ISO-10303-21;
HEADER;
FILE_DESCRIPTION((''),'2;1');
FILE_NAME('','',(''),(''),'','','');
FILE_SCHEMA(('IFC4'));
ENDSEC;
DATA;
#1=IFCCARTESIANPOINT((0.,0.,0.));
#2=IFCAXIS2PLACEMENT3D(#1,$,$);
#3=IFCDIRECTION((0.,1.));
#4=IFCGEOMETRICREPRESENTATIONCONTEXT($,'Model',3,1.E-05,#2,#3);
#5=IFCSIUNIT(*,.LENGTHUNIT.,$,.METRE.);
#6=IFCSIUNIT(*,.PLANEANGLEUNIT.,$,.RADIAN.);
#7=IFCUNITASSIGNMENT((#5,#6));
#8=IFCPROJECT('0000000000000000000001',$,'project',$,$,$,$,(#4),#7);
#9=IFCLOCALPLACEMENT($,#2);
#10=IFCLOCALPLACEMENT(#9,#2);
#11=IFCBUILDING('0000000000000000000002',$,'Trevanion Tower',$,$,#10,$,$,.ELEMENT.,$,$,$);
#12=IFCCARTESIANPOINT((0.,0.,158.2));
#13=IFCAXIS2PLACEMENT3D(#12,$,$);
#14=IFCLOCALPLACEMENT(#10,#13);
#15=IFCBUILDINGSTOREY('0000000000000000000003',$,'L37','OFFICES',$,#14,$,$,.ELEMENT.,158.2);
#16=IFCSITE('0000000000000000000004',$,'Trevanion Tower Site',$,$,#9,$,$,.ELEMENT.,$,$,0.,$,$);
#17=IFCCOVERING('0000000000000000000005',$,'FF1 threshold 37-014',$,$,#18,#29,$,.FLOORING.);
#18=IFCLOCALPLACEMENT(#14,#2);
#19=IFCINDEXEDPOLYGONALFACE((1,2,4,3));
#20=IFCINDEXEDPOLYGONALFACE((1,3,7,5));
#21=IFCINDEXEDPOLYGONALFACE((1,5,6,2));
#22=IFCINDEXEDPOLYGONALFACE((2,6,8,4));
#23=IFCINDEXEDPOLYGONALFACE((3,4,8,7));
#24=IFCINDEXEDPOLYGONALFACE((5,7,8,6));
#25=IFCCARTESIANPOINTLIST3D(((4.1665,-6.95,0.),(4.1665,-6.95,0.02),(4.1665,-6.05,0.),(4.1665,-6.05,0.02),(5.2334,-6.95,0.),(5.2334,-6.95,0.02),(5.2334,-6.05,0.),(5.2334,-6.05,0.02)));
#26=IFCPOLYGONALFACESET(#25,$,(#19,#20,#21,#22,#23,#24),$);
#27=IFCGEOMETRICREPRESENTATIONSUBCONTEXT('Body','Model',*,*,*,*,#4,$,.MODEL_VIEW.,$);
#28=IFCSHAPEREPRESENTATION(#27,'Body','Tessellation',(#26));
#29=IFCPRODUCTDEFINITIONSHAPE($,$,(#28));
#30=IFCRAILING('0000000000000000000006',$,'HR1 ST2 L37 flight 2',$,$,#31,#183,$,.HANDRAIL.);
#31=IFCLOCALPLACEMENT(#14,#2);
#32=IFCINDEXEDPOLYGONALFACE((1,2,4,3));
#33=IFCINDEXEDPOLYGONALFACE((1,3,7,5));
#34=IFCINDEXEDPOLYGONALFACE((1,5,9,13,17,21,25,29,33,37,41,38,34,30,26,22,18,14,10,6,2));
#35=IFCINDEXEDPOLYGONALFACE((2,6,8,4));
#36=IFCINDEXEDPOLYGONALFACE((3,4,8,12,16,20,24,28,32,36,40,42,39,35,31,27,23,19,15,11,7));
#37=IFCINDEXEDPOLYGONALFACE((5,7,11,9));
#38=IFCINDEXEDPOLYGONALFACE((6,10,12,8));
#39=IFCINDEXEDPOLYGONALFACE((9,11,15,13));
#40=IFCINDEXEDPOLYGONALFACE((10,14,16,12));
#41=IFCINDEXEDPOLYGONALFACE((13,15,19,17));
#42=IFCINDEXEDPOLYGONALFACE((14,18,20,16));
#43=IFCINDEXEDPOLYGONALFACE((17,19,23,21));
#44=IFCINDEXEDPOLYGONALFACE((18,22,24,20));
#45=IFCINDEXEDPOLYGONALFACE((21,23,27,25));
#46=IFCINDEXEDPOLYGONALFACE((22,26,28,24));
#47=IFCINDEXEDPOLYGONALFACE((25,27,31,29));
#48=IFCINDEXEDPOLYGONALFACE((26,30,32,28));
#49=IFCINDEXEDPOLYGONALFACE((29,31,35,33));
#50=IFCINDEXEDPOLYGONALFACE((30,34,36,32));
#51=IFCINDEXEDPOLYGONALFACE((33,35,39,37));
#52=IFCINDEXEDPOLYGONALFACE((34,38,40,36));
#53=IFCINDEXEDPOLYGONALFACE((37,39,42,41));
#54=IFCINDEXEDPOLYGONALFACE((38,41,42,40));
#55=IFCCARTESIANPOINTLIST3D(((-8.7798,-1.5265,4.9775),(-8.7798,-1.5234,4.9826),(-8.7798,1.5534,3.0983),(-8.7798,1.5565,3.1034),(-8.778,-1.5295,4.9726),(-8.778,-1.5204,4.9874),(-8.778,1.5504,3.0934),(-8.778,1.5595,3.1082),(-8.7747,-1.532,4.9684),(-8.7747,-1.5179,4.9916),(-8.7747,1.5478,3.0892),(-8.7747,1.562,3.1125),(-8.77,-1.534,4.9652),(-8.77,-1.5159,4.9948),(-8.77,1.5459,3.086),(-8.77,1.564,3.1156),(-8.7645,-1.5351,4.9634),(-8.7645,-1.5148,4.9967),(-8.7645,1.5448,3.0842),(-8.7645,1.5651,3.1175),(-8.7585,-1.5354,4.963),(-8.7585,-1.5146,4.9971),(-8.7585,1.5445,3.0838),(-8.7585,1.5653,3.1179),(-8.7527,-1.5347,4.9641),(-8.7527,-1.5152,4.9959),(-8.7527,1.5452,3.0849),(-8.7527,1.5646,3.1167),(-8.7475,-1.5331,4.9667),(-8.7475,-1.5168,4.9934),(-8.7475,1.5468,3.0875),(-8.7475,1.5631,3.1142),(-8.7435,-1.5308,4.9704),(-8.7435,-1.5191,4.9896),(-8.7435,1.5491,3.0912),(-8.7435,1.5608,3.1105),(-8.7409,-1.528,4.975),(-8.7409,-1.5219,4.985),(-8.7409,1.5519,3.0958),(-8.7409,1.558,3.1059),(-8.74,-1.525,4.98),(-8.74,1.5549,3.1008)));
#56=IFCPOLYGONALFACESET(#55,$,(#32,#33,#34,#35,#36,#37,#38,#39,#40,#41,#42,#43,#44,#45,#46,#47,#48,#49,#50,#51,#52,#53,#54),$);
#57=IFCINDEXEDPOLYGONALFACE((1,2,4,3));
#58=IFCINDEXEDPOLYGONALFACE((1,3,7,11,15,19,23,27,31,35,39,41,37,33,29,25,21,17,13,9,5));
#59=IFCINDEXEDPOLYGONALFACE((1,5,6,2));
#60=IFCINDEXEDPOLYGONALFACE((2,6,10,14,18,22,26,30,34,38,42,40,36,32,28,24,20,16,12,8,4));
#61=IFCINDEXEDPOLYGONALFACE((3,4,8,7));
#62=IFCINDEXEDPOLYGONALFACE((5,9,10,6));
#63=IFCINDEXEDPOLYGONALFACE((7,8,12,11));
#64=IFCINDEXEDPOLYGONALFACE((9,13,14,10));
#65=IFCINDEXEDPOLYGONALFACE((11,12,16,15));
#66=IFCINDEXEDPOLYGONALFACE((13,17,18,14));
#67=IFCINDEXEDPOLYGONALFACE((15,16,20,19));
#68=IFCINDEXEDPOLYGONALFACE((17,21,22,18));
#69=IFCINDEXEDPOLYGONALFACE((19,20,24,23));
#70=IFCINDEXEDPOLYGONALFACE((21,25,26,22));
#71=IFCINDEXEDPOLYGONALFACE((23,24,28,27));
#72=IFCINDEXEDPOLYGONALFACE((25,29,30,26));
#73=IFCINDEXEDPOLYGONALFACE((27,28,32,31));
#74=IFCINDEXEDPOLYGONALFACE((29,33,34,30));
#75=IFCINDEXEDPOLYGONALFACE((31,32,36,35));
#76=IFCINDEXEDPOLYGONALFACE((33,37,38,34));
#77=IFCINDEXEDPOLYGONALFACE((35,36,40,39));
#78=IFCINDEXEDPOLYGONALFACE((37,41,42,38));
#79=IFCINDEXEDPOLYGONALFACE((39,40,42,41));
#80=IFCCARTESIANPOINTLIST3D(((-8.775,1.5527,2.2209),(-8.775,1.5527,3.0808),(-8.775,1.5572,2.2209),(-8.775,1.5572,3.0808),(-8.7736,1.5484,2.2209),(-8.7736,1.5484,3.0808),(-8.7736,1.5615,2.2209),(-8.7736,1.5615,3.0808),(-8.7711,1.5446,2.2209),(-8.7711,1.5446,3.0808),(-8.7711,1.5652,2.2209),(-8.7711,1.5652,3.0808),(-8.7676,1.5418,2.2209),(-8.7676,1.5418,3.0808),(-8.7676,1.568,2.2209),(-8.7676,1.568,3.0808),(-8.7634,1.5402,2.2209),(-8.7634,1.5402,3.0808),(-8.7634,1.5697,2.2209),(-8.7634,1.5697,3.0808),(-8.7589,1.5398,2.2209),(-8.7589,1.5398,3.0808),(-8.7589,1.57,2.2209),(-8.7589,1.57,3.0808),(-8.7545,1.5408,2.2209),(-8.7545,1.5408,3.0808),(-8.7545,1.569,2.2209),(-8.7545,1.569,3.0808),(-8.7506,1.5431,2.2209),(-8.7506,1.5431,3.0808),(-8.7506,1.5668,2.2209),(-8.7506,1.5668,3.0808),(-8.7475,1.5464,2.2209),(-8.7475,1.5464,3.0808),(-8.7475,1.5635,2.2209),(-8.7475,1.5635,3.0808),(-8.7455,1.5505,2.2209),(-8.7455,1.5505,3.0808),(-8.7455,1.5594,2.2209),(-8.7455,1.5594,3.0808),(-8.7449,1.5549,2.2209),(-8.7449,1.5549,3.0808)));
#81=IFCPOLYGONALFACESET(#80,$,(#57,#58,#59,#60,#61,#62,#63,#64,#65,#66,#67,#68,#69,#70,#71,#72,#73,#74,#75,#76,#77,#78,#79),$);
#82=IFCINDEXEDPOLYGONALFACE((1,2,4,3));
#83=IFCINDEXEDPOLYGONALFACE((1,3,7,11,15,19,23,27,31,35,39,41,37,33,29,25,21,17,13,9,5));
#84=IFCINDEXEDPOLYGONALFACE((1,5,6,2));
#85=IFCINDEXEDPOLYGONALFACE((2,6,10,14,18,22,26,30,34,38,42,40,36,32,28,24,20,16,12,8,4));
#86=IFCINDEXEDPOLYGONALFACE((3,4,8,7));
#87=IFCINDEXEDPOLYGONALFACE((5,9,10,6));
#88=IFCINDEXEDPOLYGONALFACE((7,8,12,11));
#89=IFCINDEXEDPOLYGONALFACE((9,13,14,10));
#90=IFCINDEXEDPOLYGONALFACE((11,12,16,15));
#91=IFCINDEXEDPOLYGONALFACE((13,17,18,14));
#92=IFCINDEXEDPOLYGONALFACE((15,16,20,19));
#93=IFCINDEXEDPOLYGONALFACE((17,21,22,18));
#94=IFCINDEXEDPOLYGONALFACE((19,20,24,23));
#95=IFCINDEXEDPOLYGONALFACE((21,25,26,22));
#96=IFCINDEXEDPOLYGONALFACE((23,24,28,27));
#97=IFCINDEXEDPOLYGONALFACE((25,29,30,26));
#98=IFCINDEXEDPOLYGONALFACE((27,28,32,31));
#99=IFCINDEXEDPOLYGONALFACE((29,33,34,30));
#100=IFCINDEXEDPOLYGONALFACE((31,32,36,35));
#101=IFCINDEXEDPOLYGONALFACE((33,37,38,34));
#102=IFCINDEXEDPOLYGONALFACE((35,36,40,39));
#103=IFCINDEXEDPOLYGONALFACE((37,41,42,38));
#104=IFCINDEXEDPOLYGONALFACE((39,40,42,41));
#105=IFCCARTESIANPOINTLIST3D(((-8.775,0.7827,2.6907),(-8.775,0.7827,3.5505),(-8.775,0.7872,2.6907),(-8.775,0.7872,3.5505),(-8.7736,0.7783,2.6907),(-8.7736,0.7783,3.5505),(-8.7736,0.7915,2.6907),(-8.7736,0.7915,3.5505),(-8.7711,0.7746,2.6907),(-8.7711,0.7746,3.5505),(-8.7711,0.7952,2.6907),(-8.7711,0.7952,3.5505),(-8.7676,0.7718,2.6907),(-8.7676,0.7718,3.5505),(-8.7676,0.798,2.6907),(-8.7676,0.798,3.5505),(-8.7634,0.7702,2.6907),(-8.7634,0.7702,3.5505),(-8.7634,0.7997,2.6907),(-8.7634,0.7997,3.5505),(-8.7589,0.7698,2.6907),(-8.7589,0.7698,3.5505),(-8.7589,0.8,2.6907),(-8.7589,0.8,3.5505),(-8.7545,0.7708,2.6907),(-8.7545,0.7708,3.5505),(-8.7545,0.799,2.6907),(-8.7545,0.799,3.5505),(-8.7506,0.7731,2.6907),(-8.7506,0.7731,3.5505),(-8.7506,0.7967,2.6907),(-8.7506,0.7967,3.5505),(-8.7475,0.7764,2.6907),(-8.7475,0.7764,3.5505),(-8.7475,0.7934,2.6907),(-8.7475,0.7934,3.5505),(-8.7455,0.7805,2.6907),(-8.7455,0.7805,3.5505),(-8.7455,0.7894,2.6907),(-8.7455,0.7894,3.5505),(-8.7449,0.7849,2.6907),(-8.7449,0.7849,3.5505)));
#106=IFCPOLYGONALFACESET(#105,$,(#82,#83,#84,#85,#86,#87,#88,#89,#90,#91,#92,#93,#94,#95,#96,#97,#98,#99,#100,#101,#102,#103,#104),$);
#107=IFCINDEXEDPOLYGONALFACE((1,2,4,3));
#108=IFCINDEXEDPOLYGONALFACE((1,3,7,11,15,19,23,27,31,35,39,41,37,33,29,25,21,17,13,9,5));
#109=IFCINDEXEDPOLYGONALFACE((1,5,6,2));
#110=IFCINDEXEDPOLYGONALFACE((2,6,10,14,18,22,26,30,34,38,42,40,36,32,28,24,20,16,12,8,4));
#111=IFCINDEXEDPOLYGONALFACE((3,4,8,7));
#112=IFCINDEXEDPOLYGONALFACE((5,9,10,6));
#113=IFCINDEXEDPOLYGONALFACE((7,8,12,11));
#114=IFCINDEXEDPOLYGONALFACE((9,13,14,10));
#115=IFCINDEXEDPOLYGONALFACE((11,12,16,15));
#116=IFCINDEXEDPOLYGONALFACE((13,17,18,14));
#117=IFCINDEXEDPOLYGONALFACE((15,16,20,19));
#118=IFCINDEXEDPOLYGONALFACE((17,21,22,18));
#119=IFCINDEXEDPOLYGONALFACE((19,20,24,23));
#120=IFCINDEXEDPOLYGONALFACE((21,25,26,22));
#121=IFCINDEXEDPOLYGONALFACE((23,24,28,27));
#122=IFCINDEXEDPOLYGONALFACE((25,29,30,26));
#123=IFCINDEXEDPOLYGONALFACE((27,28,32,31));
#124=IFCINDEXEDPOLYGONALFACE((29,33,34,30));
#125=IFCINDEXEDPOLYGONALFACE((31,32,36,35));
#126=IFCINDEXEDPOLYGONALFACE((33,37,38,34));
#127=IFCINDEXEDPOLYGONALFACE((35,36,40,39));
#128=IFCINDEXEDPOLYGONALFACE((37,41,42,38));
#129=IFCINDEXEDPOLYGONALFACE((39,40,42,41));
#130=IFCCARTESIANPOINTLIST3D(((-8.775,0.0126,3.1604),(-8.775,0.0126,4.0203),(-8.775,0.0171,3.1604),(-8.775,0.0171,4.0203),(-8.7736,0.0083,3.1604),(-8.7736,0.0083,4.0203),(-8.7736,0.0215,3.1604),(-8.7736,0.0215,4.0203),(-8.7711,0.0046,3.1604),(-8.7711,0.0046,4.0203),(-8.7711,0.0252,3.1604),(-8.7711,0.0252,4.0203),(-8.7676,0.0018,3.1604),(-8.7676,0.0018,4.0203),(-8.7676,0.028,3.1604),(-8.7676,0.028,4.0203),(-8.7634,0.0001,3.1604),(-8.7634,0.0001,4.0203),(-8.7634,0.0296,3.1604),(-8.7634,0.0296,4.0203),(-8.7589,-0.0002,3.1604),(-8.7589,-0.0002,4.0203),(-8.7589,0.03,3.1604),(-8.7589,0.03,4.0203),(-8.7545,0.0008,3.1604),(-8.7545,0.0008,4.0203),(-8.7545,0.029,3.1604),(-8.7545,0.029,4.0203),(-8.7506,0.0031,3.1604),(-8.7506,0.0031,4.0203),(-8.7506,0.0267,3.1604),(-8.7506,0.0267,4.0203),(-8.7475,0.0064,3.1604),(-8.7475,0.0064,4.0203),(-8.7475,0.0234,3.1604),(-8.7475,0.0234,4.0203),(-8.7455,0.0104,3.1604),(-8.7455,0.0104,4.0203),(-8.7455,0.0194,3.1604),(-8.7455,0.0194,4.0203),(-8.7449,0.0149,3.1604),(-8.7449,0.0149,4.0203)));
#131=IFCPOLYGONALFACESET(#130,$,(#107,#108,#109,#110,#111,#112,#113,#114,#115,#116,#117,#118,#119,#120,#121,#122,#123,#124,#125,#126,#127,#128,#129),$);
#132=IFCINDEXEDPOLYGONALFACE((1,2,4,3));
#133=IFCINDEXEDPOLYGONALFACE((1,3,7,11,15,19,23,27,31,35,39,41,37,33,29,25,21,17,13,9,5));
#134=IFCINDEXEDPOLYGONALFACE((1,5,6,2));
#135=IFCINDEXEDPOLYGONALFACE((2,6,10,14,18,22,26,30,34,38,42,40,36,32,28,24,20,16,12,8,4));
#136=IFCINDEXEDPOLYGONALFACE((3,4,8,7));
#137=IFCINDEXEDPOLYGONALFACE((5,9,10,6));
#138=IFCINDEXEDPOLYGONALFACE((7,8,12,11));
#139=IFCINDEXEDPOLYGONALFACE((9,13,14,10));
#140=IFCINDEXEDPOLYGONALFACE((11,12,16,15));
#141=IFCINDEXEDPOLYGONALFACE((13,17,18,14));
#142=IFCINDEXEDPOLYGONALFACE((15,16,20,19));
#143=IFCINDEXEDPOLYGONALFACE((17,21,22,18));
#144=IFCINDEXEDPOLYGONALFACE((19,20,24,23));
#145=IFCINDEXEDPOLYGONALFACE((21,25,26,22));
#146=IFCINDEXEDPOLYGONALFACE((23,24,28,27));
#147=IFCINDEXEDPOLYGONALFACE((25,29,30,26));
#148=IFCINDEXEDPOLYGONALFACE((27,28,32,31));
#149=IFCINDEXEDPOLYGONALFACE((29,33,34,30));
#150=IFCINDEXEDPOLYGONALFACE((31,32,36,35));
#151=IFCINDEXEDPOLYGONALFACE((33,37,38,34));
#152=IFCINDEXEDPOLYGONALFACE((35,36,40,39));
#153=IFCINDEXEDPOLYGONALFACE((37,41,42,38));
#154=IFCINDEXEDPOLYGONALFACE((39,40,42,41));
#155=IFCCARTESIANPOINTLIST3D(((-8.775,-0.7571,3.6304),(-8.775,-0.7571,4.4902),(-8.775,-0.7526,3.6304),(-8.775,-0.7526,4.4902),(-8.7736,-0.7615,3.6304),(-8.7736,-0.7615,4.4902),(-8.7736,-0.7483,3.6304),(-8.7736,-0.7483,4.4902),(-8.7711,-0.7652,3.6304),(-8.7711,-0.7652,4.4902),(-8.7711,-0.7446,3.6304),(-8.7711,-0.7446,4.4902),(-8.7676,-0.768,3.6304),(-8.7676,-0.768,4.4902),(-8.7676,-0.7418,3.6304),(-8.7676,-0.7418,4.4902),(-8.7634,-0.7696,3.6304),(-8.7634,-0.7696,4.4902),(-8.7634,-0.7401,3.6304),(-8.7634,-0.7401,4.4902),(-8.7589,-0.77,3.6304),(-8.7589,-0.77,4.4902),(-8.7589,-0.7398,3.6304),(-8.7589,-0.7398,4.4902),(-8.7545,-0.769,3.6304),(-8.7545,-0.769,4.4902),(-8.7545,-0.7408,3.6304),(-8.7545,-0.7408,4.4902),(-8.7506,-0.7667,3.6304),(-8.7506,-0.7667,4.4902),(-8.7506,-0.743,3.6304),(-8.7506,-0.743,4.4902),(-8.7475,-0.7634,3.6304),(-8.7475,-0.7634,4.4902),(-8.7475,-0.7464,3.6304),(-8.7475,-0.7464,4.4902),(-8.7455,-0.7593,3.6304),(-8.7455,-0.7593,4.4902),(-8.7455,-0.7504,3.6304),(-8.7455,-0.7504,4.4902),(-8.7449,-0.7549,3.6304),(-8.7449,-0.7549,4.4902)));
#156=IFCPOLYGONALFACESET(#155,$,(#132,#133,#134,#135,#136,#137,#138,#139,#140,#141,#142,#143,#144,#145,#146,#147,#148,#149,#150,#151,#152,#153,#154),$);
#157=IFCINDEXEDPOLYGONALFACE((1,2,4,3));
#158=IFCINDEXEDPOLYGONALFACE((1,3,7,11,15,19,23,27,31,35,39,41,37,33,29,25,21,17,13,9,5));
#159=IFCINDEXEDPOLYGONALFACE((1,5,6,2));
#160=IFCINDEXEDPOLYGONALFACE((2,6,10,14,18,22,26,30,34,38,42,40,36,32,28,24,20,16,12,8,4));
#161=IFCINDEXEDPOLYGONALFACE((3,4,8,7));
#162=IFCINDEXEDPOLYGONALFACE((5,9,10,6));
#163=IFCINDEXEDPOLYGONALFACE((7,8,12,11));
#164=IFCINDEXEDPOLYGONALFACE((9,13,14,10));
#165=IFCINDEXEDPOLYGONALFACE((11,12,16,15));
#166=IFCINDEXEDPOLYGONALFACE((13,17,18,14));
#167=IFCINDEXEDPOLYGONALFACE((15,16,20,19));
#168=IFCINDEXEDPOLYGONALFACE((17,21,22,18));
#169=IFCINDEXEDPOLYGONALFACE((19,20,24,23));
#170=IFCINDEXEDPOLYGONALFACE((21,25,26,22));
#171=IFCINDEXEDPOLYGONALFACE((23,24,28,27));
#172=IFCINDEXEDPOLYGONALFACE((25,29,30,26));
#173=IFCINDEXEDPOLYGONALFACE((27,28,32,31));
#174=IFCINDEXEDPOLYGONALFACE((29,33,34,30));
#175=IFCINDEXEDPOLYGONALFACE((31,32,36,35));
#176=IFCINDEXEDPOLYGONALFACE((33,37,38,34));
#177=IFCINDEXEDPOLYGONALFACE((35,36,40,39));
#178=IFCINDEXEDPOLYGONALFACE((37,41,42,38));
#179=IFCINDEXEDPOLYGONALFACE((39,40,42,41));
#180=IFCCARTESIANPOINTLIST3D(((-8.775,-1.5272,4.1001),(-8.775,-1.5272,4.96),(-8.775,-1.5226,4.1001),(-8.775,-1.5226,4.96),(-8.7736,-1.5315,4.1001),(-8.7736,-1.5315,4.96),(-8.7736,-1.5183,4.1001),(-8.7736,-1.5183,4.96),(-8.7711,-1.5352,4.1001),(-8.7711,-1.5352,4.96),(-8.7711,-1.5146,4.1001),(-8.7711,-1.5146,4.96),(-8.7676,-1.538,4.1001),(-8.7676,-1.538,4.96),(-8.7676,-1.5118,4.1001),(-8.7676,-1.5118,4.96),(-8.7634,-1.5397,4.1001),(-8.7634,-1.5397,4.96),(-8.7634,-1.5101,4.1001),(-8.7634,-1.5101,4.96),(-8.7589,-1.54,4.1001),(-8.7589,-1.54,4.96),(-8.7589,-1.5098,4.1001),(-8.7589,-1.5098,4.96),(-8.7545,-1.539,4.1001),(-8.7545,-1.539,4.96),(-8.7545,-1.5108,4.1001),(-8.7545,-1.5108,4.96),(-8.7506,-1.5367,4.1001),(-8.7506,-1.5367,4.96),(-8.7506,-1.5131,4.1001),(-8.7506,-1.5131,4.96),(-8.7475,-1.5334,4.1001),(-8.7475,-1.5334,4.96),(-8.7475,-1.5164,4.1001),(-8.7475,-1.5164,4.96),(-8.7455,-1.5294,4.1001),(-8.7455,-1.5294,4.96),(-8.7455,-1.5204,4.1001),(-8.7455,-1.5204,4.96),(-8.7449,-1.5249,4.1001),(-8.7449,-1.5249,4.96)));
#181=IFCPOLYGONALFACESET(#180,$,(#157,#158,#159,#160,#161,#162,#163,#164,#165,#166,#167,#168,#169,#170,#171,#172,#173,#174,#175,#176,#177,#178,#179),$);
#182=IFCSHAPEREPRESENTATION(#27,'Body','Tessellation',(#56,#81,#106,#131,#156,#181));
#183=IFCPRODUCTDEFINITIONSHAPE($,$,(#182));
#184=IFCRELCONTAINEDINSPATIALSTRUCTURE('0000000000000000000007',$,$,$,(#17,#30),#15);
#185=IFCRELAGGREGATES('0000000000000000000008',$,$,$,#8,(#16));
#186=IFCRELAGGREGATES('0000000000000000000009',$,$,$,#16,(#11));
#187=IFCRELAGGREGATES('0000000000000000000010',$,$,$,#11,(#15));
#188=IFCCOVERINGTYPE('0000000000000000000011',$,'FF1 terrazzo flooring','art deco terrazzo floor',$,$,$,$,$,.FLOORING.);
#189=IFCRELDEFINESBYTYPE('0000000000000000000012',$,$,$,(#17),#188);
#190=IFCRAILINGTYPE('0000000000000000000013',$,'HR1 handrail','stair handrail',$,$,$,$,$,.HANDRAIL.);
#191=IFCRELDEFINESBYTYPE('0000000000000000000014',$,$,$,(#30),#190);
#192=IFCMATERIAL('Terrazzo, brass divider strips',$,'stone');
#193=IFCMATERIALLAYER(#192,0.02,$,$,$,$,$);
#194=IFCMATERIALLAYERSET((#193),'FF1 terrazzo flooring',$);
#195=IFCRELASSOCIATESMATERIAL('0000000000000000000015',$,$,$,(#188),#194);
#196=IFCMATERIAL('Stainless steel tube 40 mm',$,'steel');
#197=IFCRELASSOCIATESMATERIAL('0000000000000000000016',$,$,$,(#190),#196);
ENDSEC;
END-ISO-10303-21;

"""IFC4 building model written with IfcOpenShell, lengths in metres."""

from ifc_helpers import new_model, si_unit, direction, frame, origin, origin_2d, place, context, subcontext, project, spatial, polyline, circle, outline, extrude, material, layer, layer_set, type_object, element, save


model = new_model("IFC4")

# Units and contexts
model_context = context("Model", 3, precision=1e-05, world=origin(), true_north=direction((0.0, 1.0)))
body_context = subcontext(model_context, "Body", "Model", "MODEL_VIEW")
ifc_project = project(units=[si_unit("LENGTHUNIT", "METRE"), si_unit("PLANEANGLEUNIT", "RADIAN")], contexts=[model_context])

# Site, building, storey
site_placement = place(None, origin())
site = spatial("IfcSite", under=ifc_project, at=site_placement, Name="Trevanion Tower Site", CompositionType="ELEMENT", RefElevation=0.0)
building_placement = place(site_placement, origin())
building = spatial("IfcBuilding", under=site, at=building_placement, Name="Trevanion Tower", CompositionType="ELEMENT")
storey_placement = place(building_placement, frame((0.0, 0.0, 158.2)))
storey = spatial("IfcBuildingStorey", under=building, at=storey_placement, Name="L37", Description="OFFICES", CompositionType="ELEMENT", Elevation=158.2)

# Covering
ifc_material_1 = material(Name="Terrazzo, brass divider strips", Category="stone")
ifc_layer_1 = layer(ifc_material_1, 0.02)
ifc_layer_set_1 = layer_set([ifc_layer_1], Name="FF1 terrazzo flooring")
covering_type = type_object("IfcCoveringType", Name="FF1 terrazzo flooring", Description="art deco terrazzo floor", PredefinedType="FLOORING", material=ifc_layer_set_1)
covering_1_placement = place(storey_placement, origin())
element("IfcCovering", 1, at=covering_1_placement, inside=storey, type_object=covering_type, Name="FF1 threshold 37-014", PredefinedType="FLOORING", context=body_context, shape_type="SweptSolid", body=[
    extrude(outline(polyline([(4.1665, -6.95), (5.2334, -6.95), (5.2334, -6.05), (4.1665, -6.05), (4.1665, -6.95)])), origin(), (0.0, 0.0, 1.0), 0.02),
])

# Railing
ifc_material_2 = material(Name="Stainless steel tube 40 mm", Category="steel")
railing_type = type_object("IfcRailingType", Name="HR1 handrail", Description="stair handrail", PredefinedType="HANDRAIL", material=ifc_material_2)
for number, where, name in (
    (2, (-8.76, 1.5549, 2.2209), "HR1 ST2 L37 flight 2"),
):
    element("IfcRailing", number, at=place(storey_placement, frame(where)), inside=storey, type_object=railing_type, Name=name, PredefinedType="HANDRAIL", context=body_context, shape_type="SweptSolid", body=[
        extrude(circle(Radius=0.02, at=origin_2d()), frame((0.0, 0.0, 0.8799), z_axis=(0.0, -0.853648, 0.52085), x_axis=(1.0, 0.0, 0.0)), (0.0, 0.0, 1.0), 3.6079),
        extrude(circle(Radius=0.0151, at=origin_2d()), origin(), (0.0, 0.0, 1.0), 0.8599),
        extrude(circle(Radius=0.0151, at=origin_2d()), frame((0.0, -0.77, 0.4697)), (0.0, 0.0, 1.0), 0.8599),
        extrude(circle(Radius=0.0151, at=origin_2d()), frame((0.0, -1.54, 0.9395)), (0.0, 0.0, 1.0), 0.8599),
        extrude(circle(Radius=0.0151, at=origin_2d()), frame((0.0, -2.3098, 1.4094)), (0.0, 0.0, 1.0), 0.8599),
        extrude(circle(Radius=0.0151, at=origin_2d()), frame((0.0, -3.0798, 1.8792)), (0.0, 0.0, 1.0), 0.8599),
    ])

save(model, "model.ifc")
